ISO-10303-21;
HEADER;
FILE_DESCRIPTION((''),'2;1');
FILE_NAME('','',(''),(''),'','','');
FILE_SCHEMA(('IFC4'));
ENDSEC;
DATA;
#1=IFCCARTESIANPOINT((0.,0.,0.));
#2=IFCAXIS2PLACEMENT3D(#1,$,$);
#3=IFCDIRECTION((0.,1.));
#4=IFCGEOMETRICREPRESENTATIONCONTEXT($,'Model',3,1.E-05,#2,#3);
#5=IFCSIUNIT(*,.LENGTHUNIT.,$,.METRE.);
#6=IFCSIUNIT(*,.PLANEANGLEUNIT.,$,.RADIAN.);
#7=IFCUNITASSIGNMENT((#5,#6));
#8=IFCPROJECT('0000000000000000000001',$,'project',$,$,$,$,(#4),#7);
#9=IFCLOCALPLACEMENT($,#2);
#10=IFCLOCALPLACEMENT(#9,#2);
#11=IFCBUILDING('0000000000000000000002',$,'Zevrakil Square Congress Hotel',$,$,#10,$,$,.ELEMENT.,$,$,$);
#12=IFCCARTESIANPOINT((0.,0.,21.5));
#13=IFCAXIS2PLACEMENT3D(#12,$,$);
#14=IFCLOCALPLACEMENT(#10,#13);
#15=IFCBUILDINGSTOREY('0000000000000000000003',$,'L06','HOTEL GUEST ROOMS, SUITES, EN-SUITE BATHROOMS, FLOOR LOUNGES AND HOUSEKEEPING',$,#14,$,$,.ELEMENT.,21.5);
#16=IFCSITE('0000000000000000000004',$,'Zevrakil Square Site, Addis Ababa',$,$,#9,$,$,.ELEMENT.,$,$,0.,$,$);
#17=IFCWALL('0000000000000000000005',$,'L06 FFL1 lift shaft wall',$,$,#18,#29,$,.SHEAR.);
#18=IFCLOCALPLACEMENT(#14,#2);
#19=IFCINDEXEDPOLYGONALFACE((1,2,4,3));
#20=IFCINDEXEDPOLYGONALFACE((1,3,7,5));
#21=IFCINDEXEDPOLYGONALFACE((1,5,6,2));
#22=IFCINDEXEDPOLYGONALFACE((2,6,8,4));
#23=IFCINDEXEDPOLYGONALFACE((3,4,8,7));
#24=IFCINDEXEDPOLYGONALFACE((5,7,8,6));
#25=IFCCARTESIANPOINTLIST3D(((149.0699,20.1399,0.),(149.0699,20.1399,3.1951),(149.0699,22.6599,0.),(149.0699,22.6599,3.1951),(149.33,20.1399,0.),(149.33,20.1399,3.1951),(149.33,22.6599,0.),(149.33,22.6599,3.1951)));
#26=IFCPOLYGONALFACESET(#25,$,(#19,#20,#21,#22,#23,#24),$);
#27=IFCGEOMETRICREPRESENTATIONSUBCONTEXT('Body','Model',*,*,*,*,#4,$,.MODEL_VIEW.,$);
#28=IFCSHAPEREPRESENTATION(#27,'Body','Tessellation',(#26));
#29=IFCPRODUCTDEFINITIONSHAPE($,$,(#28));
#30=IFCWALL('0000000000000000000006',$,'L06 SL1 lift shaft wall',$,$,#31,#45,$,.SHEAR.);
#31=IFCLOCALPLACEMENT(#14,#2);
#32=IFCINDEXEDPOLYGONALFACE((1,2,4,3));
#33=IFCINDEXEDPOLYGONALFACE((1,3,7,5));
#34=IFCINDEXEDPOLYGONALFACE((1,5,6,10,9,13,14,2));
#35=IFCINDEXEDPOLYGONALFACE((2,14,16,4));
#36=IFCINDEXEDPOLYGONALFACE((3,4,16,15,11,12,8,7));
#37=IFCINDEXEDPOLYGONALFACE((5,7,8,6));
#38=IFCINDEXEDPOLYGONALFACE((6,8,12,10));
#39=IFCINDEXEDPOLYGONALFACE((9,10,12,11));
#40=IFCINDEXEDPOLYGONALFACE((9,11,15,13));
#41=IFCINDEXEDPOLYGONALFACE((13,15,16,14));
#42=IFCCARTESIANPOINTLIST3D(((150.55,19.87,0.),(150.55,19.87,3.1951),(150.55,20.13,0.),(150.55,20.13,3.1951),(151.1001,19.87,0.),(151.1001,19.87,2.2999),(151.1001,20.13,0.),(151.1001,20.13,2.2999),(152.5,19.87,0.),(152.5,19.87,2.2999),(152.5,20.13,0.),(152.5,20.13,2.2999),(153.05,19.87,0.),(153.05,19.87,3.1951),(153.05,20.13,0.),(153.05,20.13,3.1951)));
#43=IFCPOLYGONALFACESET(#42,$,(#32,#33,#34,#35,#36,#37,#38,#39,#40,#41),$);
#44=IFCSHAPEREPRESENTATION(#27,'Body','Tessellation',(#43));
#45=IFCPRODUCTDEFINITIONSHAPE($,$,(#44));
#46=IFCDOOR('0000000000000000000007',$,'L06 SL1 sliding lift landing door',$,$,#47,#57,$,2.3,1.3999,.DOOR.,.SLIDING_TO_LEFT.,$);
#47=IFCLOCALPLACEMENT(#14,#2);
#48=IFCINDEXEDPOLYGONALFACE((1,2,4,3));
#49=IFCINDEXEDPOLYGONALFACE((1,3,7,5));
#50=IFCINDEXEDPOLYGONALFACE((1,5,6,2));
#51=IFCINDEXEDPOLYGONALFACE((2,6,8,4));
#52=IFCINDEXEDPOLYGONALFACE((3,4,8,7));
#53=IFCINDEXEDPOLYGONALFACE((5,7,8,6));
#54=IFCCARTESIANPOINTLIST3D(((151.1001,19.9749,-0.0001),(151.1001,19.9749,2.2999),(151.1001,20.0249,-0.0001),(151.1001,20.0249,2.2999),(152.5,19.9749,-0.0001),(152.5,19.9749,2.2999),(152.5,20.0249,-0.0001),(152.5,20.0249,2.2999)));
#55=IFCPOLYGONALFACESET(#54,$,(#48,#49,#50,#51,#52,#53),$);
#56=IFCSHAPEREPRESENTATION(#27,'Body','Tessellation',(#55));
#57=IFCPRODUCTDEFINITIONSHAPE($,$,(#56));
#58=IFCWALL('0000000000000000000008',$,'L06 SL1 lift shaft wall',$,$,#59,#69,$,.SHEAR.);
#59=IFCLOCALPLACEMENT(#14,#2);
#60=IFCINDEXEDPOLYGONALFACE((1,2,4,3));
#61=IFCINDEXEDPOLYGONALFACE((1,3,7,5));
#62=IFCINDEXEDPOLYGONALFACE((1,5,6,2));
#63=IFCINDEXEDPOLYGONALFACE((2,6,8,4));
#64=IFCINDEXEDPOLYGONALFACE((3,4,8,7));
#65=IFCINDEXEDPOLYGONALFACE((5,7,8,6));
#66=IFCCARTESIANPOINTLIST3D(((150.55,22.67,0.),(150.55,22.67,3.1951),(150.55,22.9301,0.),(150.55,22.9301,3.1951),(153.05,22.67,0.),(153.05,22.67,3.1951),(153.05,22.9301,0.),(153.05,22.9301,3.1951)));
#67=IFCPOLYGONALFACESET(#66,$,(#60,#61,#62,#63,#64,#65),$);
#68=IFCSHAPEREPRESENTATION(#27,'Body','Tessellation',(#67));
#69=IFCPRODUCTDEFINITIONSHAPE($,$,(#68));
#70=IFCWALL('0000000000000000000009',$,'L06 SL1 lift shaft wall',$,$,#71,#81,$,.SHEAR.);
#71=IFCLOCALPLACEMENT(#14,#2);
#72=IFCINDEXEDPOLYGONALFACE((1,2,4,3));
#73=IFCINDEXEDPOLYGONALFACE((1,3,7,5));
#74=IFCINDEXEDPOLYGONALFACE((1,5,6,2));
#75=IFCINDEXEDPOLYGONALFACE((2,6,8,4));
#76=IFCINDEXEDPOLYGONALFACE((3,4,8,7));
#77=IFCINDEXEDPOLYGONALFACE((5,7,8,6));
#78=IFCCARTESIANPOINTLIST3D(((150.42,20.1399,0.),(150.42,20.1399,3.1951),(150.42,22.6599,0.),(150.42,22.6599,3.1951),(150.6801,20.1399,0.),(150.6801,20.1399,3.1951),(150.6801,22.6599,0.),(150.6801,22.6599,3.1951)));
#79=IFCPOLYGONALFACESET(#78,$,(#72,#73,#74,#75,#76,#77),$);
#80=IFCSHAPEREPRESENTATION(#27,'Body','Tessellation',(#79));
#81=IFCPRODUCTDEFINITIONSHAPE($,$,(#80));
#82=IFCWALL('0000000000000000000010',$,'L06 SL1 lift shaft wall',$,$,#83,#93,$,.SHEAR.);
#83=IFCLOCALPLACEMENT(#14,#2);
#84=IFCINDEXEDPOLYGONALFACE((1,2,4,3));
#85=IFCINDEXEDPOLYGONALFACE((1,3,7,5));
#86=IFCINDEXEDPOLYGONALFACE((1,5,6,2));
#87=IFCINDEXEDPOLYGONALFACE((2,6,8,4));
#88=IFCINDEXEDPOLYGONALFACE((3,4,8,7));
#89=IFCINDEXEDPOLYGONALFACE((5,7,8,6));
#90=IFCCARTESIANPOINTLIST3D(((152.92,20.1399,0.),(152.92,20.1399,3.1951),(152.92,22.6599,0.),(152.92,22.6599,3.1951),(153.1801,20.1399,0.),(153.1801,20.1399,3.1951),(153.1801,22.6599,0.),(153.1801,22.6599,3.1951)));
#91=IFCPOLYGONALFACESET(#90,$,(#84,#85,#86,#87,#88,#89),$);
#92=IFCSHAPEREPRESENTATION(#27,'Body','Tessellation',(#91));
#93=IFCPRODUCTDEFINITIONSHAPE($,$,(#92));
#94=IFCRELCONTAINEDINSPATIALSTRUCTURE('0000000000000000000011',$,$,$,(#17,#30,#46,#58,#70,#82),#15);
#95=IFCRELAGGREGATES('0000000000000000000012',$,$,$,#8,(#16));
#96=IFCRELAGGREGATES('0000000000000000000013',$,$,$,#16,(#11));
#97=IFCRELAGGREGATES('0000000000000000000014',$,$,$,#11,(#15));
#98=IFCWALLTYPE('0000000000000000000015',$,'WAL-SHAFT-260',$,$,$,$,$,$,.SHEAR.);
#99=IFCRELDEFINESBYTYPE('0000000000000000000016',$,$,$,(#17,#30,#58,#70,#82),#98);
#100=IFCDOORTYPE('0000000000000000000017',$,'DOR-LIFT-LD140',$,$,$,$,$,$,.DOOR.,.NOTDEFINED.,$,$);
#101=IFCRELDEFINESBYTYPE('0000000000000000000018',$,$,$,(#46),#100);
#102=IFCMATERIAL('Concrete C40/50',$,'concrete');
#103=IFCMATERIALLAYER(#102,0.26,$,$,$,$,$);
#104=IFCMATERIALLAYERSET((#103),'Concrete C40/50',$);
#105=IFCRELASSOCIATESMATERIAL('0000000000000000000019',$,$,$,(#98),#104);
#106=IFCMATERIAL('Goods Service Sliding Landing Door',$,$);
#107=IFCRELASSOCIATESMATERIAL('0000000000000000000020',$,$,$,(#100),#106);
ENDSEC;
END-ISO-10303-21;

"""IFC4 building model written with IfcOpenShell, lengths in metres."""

from ifc_helpers import new_model, si_unit, direction, frame, frame_2d, origin, place, context, subcontext, project, spatial, rectangle, extrude, material, layer, layer_set, type_object, element, fill, save


model = new_model("IFC4")

# Units and contexts
model_context = context("Model", 3, precision=1e-05, world=origin(), true_north=direction((0.0, 1.0)))
body_context = subcontext(model_context, "Body", "Model", "MODEL_VIEW")
ifc_project = project(units=[si_unit("LENGTHUNIT", "METRE"), si_unit("PLANEANGLEUNIT", "RADIAN")], contexts=[model_context])

# Site, building, storey
site_placement = place(None, origin())
site = spatial("IfcSite", under=ifc_project, at=site_placement, Name="Zevrakil Square Site, Addis Ababa", CompositionType="ELEMENT", RefElevation=0.0)
building_placement = place(site_placement, origin())
building = spatial("IfcBuilding", under=site, at=building_placement, Name="Zevrakil Square Congress Hotel", CompositionType="ELEMENT")
storey_placement = place(building_placement, frame((0.0, 0.0, 21.5)))
storey = spatial("IfcBuildingStorey", under=building, at=storey_placement, Name="L06", Description="HOTEL GUEST ROOMS, SUITES, EN-SUITE BATHROOMS, FLOOR LOUNGES AND HOUSEKEEPING", CompositionType="ELEMENT", Elevation=21.5)

# Shared definitions
ifc_material_1 = material(Name="Concrete C40/50", Category="concrete")
ifc_layer_1 = layer(ifc_material_1, 0.26)
ifc_layer_set_1 = layer_set([ifc_layer_1], Name="Concrete C40/50")
wall_type_1 = type_object("IfcWallType", Name="WAL-SHAFT-260", PredefinedType="SHEAR", material=ifc_layer_set_1)

# Wall
for number, where, z_axis, x_axis, name in (
    (1, (149.2, 20.1399, 0.0), (0.0, 0.0, 1.0), (0.0, 1.0, 0.0), "L06 FFL1 lift shaft wall"),
):
    element("IfcWall", number, at=place(storey_placement, frame(where, z_axis=z_axis, x_axis=x_axis)), inside=storey, type_object=wall_type_1, Name=name, PredefinedType="SHEAR", context=body_context, shape_type="SweptSolid", body=[
        extrude(rectangle(XDim=2.52, YDim=0.26, at=frame_2d((1.26, 0.0))), origin(), (0.0, 0.0, 1.0), 3.1951),
    ])

# Wall, opening, door
wall_1_placement = place(storey_placement, frame((150.55, 20.0, 0.0), z_axis=(0.0, 0.0, 1.0), x_axis=(1.0, 0.0, 0.0)))
wall_1 = element("IfcWall", 2, at=wall_1_placement, inside=storey, type_object=wall_type_1, Name="L06 SL1 lift shaft wall", PredefinedType="SHEAR", context=body_context, shape_type="SweptSolid", body=[
    extrude(rectangle(XDim=2.5, YDim=0.26, at=frame_2d((1.25, 0.0))), origin(), (0.0, 0.0, 1.0), 3.1951),
])
opening_1_placement = place(wall_1_placement, frame((0.55, 0.0, 0.0)))
opening_1 = element("IfcOpeningElement", 3, at=opening_1_placement, cuts=wall_1, PredefinedType="OPENING", context=body_context, shape_type="SweptSolid", body=[
    extrude(rectangle(XDim=1.3999, YDim=2.3, at=frame_2d((0.7, 1.1499))), frame((0.0, 0.1401, 0.0), z_axis=(0.0, -1.0, 0.0), x_axis=(1.0, 0.0, 0.0)), (0.0, 0.0, 1.0), 0.28),
])
ifc_material_2 = material(Name="Goods Service Sliding Landing Door")
door_type_1 = type_object("IfcDoorType", Name="DOR-LIFT-LD140", OperationType="NOTDEFINED", PredefinedType="DOOR", material=ifc_material_2)
door_1_placement = place(opening_1_placement, origin())
door_1 = element("IfcDoor", 4, at=door_1_placement, inside=storey, type_object=door_type_1, Name="L06 SL1 sliding lift landing door", OperationType="SLIDING_TO_LEFT", OverallHeight=2.3, OverallWidth=1.3999, PredefinedType="DOOR", context=body_context, shape_type="SweptSolid", body=[
    extrude(rectangle(XDim=1.3999, YDim=2.3, at=frame_2d((0.7, 1.1499))), frame((0.0, 0.0249, 0.0), z_axis=(0.0, -1.0, 0.0), x_axis=(1.0, 0.0, 0.0)), (0.0, 0.0, 1.0), 0.05),
])
fill(opening_1, door_1)

# Walls
wall_2_placement = place(storey_placement, frame((150.55, 22.8, 0.0), z_axis=(0.0, 0.0, 1.0), x_axis=(1.0, 0.0, 0.0)))
element("IfcWall", 5, at=wall_2_placement, inside=storey, type_object=wall_type_1, Name="L06 SL1 lift shaft wall", PredefinedType="SHEAR", context=body_context, shape_type="SweptSolid", body=[
    extrude(rectangle(XDim=2.5, YDim=0.26, at=frame_2d((1.25, 0.0))), origin(), (0.0, 0.0, 1.0), 3.1951),
])
for number, where, z_axis, x_axis, name in (
    (6, (150.55, 20.1399, 0.0), (0.0, 0.0, 1.0), (0.0, 1.0, 0.0), "L06 SL1 lift shaft wall"),
    (7, (153.05, 20.1399, 0.0), (0.0, 0.0, 1.0), (0.0, 1.0, 0.0), "L06 SL1 lift shaft wall"),
):
    element("IfcWall", number, at=place(storey_placement, frame(where, z_axis=z_axis, x_axis=x_axis)), inside=storey, type_object=wall_type_1, Name=name, PredefinedType="SHEAR", context=body_context, shape_type="SweptSolid", body=[
        extrude(rectangle(XDim=2.52, YDim=0.26, at=frame_2d((1.26, 0.0))), origin(), (0.0, 0.0, 1.0), 3.1951),
    ])

save(model, "model.ifc")
